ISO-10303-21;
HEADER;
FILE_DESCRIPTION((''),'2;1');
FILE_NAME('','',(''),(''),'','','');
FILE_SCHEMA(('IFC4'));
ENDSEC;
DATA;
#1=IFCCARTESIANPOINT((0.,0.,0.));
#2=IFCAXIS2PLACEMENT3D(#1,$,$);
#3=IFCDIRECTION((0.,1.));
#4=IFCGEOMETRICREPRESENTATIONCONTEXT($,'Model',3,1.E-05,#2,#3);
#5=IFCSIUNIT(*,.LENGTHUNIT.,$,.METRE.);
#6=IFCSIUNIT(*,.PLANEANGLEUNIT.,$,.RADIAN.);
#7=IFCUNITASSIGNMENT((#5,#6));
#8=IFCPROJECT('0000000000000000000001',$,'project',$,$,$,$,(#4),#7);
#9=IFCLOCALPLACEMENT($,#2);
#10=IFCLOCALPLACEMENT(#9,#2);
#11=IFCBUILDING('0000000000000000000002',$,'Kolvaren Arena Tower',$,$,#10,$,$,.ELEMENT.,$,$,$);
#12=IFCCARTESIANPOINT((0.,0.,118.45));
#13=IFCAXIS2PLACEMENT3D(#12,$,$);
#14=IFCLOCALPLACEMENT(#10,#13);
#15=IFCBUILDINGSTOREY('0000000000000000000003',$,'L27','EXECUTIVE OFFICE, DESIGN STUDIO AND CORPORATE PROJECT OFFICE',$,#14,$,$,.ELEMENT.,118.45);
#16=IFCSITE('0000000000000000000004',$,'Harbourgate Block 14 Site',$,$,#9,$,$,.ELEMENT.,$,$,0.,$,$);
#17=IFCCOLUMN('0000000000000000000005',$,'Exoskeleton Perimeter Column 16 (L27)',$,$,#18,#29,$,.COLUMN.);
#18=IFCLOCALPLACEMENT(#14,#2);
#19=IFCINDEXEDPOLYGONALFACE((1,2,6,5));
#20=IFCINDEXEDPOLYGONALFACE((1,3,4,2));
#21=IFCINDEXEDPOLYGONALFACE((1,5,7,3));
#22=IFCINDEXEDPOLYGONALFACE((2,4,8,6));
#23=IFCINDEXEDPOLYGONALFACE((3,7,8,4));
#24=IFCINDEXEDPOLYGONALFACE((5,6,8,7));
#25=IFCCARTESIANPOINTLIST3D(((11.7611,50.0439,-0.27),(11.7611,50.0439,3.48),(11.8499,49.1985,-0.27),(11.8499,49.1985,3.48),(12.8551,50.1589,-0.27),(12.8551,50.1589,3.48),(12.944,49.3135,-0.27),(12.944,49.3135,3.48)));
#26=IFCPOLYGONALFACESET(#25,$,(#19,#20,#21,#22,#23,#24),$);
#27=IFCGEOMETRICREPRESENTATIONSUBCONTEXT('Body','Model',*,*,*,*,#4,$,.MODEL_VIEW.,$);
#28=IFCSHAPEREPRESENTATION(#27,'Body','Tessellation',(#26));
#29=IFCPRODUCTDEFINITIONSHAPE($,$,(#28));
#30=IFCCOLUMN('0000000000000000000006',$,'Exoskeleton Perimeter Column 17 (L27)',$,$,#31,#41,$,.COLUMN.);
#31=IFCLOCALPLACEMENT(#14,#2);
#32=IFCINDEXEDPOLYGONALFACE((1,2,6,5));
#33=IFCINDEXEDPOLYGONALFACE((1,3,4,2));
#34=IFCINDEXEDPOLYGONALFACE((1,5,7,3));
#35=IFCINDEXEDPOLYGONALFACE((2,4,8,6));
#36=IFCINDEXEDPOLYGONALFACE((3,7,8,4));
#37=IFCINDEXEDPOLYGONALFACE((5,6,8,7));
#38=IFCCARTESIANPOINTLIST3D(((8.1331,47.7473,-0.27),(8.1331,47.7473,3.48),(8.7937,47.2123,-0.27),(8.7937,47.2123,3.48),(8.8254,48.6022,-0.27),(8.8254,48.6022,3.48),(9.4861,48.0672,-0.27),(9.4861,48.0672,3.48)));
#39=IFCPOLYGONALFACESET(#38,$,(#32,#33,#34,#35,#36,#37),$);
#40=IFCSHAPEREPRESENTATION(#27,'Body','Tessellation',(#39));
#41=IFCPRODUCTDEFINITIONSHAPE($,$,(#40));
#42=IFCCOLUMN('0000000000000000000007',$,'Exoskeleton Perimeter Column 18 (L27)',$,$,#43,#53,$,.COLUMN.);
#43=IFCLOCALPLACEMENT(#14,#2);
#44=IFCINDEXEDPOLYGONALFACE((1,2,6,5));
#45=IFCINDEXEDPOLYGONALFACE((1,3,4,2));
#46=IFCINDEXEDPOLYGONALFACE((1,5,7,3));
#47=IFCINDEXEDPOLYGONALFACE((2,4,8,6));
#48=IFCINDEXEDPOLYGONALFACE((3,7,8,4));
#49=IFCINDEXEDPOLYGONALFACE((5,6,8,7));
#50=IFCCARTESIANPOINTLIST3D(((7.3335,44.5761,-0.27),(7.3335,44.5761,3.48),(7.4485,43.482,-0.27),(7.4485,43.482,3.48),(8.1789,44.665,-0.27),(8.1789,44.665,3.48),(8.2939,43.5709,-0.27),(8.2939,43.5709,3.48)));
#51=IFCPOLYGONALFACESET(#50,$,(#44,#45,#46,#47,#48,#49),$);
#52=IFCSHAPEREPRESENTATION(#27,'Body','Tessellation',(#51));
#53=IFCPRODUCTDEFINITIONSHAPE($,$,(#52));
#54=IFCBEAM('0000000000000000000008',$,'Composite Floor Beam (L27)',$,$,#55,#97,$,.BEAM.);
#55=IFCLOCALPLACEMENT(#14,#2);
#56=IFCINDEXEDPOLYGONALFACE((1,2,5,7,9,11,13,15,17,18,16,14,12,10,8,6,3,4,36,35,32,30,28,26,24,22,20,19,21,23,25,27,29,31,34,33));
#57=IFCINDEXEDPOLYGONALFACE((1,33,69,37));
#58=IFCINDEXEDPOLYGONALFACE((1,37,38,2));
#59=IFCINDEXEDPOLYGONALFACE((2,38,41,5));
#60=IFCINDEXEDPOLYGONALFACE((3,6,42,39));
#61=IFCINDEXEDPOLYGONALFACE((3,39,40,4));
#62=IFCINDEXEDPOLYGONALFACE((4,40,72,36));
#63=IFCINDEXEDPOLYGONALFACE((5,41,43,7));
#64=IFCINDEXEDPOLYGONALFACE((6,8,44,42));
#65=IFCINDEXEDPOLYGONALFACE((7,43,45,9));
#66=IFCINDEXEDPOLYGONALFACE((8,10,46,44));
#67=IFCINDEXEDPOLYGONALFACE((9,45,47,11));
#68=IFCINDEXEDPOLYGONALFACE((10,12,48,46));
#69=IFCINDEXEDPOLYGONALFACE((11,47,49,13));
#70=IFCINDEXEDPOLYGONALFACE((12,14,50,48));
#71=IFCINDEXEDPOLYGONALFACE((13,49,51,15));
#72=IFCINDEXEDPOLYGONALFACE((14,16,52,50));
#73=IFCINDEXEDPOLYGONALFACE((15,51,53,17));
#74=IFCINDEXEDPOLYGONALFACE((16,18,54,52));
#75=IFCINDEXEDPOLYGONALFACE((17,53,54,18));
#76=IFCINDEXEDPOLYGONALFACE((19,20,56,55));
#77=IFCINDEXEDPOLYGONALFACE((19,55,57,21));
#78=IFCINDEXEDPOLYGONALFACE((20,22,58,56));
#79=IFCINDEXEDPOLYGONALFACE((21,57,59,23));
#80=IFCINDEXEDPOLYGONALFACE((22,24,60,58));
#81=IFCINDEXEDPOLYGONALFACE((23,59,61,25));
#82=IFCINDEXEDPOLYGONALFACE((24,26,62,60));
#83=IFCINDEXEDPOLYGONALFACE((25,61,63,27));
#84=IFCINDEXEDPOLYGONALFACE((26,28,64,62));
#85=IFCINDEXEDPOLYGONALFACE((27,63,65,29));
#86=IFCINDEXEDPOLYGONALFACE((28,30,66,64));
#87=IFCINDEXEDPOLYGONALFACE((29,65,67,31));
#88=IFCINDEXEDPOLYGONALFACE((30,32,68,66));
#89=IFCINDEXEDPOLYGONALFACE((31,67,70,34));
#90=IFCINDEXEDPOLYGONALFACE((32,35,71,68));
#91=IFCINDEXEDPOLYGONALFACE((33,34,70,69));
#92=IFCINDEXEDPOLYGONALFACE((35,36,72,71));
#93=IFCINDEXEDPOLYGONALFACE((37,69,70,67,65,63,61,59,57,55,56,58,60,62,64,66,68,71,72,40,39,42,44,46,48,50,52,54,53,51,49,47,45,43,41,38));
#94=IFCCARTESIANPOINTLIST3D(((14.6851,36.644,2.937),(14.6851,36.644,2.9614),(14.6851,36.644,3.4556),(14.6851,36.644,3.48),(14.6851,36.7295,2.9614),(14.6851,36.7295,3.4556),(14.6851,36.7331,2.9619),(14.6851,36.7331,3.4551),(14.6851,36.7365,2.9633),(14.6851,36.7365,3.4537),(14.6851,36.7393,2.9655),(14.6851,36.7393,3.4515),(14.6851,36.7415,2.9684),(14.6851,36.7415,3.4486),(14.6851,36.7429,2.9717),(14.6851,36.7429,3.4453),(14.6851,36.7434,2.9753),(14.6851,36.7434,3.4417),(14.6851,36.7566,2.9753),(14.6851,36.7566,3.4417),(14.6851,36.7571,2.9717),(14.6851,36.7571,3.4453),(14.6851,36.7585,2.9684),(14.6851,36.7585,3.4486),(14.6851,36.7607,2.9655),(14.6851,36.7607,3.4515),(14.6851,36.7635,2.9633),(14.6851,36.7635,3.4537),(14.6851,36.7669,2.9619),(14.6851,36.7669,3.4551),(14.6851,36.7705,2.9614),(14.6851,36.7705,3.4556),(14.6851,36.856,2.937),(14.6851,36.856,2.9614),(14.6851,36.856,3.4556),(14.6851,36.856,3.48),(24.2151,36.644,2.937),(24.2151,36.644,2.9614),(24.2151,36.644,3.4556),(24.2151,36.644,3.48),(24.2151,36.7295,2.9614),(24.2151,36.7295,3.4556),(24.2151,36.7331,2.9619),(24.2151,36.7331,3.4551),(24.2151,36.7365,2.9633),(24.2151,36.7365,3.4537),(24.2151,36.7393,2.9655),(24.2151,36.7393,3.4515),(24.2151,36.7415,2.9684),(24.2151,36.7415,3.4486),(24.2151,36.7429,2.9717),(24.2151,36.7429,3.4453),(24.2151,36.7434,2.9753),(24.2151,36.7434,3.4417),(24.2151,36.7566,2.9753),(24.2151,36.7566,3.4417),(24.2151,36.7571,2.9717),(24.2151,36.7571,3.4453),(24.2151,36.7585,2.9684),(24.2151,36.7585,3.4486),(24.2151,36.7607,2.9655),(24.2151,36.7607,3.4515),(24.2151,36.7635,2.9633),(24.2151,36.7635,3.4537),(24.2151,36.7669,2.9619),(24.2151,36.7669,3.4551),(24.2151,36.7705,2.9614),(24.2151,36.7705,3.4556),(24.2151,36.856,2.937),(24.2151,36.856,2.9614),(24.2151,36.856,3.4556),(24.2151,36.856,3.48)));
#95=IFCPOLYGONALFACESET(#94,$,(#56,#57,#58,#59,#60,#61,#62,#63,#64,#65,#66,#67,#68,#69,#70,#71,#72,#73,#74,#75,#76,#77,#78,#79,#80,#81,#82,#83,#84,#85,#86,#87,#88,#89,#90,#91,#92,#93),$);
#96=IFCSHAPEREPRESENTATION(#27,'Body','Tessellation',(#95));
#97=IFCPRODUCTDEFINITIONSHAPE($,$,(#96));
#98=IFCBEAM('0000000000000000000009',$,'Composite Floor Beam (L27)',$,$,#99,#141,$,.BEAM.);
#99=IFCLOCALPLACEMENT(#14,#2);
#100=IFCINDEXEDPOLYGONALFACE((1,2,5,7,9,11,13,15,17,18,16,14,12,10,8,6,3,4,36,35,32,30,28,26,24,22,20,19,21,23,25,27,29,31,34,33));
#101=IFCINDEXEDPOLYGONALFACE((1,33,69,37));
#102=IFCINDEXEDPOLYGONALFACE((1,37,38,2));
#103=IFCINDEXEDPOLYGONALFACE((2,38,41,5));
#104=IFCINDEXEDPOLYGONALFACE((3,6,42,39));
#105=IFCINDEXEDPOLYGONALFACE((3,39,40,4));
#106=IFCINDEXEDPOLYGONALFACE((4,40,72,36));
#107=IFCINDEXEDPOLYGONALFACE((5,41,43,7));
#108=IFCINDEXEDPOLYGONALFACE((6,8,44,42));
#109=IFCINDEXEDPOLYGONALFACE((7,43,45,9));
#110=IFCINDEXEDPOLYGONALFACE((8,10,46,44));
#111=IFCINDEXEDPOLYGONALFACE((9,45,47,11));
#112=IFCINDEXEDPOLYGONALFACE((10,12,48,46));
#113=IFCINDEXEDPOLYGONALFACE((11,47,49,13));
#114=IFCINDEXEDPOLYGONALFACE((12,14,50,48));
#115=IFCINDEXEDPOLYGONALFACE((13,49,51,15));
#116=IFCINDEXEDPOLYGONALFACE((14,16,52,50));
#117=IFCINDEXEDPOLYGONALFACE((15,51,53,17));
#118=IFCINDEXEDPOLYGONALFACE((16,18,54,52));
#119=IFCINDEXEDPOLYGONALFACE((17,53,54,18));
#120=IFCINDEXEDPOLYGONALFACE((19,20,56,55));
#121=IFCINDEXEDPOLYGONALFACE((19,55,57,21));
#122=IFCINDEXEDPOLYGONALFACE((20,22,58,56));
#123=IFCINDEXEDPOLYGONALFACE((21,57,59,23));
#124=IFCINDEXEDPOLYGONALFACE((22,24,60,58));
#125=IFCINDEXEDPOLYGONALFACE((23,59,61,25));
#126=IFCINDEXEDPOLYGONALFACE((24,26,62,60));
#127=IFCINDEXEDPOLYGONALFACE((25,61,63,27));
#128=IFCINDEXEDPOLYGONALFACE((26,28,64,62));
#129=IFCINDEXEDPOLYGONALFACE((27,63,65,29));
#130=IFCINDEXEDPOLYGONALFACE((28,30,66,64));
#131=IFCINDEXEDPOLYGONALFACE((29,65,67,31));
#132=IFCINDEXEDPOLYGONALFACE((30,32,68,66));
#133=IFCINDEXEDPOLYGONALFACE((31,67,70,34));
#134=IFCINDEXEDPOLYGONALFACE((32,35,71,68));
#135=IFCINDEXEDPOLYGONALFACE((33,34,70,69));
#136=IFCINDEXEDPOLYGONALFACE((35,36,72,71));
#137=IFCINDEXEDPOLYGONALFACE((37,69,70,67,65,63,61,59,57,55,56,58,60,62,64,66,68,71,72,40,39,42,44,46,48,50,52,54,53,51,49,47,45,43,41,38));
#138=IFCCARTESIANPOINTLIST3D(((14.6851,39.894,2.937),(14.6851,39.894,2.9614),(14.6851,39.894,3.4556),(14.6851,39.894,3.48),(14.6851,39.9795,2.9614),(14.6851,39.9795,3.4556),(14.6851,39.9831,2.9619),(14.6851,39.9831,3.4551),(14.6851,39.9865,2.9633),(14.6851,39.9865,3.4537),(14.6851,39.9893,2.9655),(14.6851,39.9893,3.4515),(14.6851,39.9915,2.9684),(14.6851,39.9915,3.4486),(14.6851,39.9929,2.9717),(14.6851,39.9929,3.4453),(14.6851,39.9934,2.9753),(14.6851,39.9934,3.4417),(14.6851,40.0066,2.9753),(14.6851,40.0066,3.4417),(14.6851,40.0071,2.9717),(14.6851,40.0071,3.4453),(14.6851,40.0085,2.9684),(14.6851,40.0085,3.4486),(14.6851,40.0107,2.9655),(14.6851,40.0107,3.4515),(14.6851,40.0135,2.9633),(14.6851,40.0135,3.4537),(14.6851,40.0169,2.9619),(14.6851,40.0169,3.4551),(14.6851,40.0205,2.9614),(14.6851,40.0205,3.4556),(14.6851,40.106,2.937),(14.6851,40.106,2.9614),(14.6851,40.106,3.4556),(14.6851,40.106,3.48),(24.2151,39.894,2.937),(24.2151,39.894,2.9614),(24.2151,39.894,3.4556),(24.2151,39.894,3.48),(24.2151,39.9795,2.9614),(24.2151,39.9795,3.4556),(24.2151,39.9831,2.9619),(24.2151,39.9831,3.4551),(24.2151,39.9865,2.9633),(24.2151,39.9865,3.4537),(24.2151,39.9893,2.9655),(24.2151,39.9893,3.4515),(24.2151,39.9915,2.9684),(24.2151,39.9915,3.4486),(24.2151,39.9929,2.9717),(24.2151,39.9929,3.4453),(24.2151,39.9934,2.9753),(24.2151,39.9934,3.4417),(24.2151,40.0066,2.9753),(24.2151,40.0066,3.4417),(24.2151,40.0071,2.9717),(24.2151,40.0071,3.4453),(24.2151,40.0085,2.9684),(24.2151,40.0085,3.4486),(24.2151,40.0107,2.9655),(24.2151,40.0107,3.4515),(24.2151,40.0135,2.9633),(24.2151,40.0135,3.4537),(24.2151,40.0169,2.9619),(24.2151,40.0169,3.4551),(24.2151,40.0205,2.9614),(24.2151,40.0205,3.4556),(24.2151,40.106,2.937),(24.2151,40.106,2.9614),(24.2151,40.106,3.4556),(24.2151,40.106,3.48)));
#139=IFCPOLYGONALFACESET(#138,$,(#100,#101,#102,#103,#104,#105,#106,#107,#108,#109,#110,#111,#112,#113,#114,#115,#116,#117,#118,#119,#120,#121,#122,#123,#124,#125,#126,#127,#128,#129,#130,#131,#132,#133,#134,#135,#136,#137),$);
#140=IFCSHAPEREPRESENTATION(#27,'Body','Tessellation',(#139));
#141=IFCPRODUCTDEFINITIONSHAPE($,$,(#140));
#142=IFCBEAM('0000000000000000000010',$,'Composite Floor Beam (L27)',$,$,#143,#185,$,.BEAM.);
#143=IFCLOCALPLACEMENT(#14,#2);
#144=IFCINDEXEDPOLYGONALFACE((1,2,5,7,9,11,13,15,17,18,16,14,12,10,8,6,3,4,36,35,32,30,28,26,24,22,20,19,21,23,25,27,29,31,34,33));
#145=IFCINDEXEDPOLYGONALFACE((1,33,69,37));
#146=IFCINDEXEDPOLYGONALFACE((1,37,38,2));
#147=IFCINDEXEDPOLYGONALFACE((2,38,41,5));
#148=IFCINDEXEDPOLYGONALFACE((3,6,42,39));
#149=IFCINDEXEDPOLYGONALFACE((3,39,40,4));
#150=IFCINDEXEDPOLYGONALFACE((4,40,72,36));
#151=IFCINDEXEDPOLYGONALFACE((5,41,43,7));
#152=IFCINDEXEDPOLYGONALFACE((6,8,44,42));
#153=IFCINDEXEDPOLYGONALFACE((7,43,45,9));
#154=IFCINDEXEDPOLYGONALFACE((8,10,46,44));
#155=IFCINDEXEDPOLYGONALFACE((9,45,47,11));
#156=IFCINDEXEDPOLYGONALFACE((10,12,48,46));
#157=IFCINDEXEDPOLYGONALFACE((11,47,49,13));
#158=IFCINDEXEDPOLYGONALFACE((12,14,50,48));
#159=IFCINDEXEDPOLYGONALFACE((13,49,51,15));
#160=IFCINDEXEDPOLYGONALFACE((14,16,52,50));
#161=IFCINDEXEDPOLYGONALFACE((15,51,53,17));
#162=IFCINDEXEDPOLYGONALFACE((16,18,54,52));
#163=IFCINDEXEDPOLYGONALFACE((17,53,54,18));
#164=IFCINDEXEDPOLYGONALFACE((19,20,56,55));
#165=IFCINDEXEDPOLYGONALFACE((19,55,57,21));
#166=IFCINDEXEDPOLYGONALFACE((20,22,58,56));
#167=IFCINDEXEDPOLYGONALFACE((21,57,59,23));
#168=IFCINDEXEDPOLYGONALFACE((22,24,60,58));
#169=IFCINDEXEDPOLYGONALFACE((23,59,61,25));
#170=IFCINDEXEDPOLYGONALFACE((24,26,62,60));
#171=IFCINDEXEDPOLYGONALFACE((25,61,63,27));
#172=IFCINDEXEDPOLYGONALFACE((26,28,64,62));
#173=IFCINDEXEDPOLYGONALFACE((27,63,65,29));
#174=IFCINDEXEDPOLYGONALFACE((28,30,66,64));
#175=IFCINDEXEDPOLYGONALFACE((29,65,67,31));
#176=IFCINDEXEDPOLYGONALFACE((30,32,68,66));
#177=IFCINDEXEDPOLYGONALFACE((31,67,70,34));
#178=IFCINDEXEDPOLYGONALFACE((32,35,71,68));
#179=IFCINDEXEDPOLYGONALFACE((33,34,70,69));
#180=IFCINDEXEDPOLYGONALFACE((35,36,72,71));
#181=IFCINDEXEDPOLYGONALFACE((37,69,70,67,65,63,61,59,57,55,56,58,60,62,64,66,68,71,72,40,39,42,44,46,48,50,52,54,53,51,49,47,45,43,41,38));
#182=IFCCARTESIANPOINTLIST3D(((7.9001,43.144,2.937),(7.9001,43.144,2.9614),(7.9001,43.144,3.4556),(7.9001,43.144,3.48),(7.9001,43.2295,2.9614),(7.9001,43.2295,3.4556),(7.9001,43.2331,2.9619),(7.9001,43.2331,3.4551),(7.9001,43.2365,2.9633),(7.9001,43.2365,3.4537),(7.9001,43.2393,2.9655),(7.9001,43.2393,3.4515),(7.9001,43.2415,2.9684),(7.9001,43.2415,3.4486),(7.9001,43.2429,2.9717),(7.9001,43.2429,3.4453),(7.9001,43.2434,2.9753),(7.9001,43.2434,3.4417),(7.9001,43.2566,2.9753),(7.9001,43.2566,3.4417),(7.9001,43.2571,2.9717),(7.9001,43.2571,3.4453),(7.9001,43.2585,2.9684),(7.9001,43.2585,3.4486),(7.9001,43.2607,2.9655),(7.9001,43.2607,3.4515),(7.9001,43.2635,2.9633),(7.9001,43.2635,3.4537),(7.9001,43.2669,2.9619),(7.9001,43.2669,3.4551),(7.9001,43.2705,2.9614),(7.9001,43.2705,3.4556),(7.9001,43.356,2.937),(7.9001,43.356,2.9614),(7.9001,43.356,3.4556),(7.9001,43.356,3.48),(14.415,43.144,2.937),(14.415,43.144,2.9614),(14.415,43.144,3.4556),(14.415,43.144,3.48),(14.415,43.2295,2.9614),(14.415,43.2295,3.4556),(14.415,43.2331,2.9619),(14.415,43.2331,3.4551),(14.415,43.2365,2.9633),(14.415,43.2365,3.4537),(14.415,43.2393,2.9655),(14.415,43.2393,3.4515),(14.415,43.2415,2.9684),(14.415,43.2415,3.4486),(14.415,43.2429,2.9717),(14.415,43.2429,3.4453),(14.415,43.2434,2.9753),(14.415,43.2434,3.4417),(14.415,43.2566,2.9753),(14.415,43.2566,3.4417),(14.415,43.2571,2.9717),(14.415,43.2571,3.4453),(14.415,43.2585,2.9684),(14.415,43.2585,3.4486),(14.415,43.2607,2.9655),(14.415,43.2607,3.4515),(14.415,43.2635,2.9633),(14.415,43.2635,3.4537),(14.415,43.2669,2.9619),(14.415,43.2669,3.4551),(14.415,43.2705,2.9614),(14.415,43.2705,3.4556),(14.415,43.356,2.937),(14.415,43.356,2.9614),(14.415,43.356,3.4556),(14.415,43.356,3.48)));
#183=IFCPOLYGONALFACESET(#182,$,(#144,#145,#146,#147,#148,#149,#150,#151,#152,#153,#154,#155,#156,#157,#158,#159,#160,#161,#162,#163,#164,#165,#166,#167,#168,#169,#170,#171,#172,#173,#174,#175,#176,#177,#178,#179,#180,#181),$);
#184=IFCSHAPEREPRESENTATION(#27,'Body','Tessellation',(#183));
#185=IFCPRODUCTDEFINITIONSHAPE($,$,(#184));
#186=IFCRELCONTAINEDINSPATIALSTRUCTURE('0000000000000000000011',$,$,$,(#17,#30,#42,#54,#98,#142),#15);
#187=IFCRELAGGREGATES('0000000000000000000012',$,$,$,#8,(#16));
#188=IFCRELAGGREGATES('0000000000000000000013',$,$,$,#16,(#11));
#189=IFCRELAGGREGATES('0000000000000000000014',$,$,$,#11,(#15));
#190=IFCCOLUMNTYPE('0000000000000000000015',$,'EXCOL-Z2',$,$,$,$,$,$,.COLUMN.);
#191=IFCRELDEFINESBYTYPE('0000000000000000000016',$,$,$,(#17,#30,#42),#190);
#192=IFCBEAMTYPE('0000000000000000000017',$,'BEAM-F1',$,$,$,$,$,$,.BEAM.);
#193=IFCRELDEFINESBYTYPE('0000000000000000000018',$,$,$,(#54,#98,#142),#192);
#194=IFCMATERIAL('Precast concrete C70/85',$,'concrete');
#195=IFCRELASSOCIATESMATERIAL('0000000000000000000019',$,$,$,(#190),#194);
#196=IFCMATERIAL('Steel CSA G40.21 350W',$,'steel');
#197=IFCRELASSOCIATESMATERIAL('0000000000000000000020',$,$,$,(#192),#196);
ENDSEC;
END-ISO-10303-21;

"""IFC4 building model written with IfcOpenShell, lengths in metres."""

from ifc_helpers import new_model, si_unit, direction, frame, origin, origin_2d, place, context, subcontext, project, spatial, rectangle, i_section, extrude, material, material_profile, profile_set, type_object, element, save


model = new_model("IFC4")

# Units and contexts
model_context = context("Model", 3, precision=1e-05, world=origin(), true_north=direction((0.0, 1.0)))
body_context = subcontext(model_context, "Body", "Model", "MODEL_VIEW")
ifc_project = project(units=[si_unit("LENGTHUNIT", "METRE"), si_unit("PLANEANGLEUNIT", "RADIAN")], contexts=[model_context])

# Site, building, storey
site_placement = place(None, origin())
site = spatial("IfcSite", under=ifc_project, at=site_placement, Name="Harbourgate Block 14 Site", CompositionType="ELEMENT", RefElevation=0.0)
building_placement = place(site_placement, origin())
building = spatial("IfcBuilding", under=site, at=building_placement, Name="Kolvaren Arena Tower", CompositionType="ELEMENT")
storey_placement = place(building_placement, frame((0.0, 0.0, 118.45)))
storey = spatial("IfcBuildingStorey", under=building, at=storey_placement, Name="L27", Description="EXECUTIVE OFFICE, DESIGN STUDIO AND CORPORATE PROJECT OFFICE", CompositionType="ELEMENT", Elevation=118.45)

# Columns
ifc_material_1 = material(Name="Precast concrete C70/85", Category="concrete")
ifc_material_profile_1 = material_profile(ifc_material_1, rectangle(XDim=1.1001, YDim=0.8501, at=origin_2d()), Name="RC-1100x850")
ifc_profile_set_1 = profile_set([ifc_material_profile_1], Name="Precast concrete C70/85")
column_type = type_object("IfcColumnType", Name="EXCOL-Z2", PredefinedType="COLUMN", material=ifc_profile_set_1)
for number, where, z_axis, x_axis, name in (
    (1, (12.3525, 49.6787, -0.27), (0.0, 0.0, 1.0), (0.994522, 0.104528, 0.0), "Exoskeleton Perimeter Column 16 (L27)"),
    (2, (8.8096, 47.9072, -0.27), (0.0, 0.0, 1.0), (0.62932, 0.777146, 0.0), "Exoskeleton Perimeter Column 17 (L27)"),
    (3, (7.8137, 44.0735, -0.27), (0.0, 0.0, 1.0), (-0.104528, 0.994522, 0.0), "Exoskeleton Perimeter Column 18 (L27)"),
):
    element("IfcColumn", number, at=place(storey_placement, frame(where, z_axis=z_axis, x_axis=x_axis)), inside=storey, type_object=column_type, Name=name, PredefinedType="COLUMN", context=body_context, shape_type="SweptSolid", body=[
        extrude(rectangle(XDim=1.1001, YDim=0.8501, at=origin_2d()), origin(), (0.0, 0.0, 1.0), 3.75),
    ])

# Beams
ifc_material_2 = material(Name="Steel CSA G40.21 350W", Category="steel")
ifc_material_profile_2 = material_profile(ifc_material_2, i_section(OverallWidth=0.2119, OverallDepth=0.543, WebThickness=0.0132, FlangeThickness=0.0244, FilletRadius=0.0139, at=origin_2d()), Name="W530x150")
ifc_profile_set_2 = profile_set([ifc_material_profile_2], Name="Steel CSA G40.21 350W")
beam_type_1 = type_object("IfcBeamType", Name="BEAM-F1", PredefinedType="BEAM", material=ifc_profile_set_2)
for number, where, z_axis, x_axis, name in (
    (4, (14.6851, 36.75, 3.2085), (1.0, 0.0, 0.0), (0.0, 1.0, 0.0), "Composite Floor Beam (L27)"),
    (5, (14.6851, 40.0, 3.2085), (1.0, 0.0, 0.0), (0.0, 1.0, 0.0), "Composite Floor Beam (L27)"),
):
    element("IfcBeam", number, at=place(storey_placement, frame(where, z_axis=z_axis, x_axis=x_axis)), inside=storey, type_object=beam_type_1, Name=name, PredefinedType="BEAM", context=body_context, shape_type="SweptSolid", body=[
        extrude(i_section(OverallWidth=0.2119, OverallDepth=0.543, WebThickness=0.0132, FlangeThickness=0.0244, FilletRadius=0.0139, at=origin_2d()), origin(), (0.0, 0.0, 1.0), 9.53),
    ])
beam_1_placement = place(storey_placement, frame((7.9001, 43.25, 3.2085), z_axis=(1.0, 0.0, 0.0), x_axis=(0.0, 1.0, 0.0)))
element("IfcBeam", 6, at=beam_1_placement, inside=storey, type_object=beam_type_1, Name="Composite Floor Beam (L27)", PredefinedType="BEAM", context=body_context, shape_type="SweptSolid", body=[
    extrude(i_section(OverallWidth=0.2119, OverallDepth=0.543, WebThickness=0.0132, FlangeThickness=0.0244, FilletRadius=0.0139, at=origin_2d()), origin(), (0.0, 0.0, 1.0), 6.5149),
])

save(model, "model.ifc")
